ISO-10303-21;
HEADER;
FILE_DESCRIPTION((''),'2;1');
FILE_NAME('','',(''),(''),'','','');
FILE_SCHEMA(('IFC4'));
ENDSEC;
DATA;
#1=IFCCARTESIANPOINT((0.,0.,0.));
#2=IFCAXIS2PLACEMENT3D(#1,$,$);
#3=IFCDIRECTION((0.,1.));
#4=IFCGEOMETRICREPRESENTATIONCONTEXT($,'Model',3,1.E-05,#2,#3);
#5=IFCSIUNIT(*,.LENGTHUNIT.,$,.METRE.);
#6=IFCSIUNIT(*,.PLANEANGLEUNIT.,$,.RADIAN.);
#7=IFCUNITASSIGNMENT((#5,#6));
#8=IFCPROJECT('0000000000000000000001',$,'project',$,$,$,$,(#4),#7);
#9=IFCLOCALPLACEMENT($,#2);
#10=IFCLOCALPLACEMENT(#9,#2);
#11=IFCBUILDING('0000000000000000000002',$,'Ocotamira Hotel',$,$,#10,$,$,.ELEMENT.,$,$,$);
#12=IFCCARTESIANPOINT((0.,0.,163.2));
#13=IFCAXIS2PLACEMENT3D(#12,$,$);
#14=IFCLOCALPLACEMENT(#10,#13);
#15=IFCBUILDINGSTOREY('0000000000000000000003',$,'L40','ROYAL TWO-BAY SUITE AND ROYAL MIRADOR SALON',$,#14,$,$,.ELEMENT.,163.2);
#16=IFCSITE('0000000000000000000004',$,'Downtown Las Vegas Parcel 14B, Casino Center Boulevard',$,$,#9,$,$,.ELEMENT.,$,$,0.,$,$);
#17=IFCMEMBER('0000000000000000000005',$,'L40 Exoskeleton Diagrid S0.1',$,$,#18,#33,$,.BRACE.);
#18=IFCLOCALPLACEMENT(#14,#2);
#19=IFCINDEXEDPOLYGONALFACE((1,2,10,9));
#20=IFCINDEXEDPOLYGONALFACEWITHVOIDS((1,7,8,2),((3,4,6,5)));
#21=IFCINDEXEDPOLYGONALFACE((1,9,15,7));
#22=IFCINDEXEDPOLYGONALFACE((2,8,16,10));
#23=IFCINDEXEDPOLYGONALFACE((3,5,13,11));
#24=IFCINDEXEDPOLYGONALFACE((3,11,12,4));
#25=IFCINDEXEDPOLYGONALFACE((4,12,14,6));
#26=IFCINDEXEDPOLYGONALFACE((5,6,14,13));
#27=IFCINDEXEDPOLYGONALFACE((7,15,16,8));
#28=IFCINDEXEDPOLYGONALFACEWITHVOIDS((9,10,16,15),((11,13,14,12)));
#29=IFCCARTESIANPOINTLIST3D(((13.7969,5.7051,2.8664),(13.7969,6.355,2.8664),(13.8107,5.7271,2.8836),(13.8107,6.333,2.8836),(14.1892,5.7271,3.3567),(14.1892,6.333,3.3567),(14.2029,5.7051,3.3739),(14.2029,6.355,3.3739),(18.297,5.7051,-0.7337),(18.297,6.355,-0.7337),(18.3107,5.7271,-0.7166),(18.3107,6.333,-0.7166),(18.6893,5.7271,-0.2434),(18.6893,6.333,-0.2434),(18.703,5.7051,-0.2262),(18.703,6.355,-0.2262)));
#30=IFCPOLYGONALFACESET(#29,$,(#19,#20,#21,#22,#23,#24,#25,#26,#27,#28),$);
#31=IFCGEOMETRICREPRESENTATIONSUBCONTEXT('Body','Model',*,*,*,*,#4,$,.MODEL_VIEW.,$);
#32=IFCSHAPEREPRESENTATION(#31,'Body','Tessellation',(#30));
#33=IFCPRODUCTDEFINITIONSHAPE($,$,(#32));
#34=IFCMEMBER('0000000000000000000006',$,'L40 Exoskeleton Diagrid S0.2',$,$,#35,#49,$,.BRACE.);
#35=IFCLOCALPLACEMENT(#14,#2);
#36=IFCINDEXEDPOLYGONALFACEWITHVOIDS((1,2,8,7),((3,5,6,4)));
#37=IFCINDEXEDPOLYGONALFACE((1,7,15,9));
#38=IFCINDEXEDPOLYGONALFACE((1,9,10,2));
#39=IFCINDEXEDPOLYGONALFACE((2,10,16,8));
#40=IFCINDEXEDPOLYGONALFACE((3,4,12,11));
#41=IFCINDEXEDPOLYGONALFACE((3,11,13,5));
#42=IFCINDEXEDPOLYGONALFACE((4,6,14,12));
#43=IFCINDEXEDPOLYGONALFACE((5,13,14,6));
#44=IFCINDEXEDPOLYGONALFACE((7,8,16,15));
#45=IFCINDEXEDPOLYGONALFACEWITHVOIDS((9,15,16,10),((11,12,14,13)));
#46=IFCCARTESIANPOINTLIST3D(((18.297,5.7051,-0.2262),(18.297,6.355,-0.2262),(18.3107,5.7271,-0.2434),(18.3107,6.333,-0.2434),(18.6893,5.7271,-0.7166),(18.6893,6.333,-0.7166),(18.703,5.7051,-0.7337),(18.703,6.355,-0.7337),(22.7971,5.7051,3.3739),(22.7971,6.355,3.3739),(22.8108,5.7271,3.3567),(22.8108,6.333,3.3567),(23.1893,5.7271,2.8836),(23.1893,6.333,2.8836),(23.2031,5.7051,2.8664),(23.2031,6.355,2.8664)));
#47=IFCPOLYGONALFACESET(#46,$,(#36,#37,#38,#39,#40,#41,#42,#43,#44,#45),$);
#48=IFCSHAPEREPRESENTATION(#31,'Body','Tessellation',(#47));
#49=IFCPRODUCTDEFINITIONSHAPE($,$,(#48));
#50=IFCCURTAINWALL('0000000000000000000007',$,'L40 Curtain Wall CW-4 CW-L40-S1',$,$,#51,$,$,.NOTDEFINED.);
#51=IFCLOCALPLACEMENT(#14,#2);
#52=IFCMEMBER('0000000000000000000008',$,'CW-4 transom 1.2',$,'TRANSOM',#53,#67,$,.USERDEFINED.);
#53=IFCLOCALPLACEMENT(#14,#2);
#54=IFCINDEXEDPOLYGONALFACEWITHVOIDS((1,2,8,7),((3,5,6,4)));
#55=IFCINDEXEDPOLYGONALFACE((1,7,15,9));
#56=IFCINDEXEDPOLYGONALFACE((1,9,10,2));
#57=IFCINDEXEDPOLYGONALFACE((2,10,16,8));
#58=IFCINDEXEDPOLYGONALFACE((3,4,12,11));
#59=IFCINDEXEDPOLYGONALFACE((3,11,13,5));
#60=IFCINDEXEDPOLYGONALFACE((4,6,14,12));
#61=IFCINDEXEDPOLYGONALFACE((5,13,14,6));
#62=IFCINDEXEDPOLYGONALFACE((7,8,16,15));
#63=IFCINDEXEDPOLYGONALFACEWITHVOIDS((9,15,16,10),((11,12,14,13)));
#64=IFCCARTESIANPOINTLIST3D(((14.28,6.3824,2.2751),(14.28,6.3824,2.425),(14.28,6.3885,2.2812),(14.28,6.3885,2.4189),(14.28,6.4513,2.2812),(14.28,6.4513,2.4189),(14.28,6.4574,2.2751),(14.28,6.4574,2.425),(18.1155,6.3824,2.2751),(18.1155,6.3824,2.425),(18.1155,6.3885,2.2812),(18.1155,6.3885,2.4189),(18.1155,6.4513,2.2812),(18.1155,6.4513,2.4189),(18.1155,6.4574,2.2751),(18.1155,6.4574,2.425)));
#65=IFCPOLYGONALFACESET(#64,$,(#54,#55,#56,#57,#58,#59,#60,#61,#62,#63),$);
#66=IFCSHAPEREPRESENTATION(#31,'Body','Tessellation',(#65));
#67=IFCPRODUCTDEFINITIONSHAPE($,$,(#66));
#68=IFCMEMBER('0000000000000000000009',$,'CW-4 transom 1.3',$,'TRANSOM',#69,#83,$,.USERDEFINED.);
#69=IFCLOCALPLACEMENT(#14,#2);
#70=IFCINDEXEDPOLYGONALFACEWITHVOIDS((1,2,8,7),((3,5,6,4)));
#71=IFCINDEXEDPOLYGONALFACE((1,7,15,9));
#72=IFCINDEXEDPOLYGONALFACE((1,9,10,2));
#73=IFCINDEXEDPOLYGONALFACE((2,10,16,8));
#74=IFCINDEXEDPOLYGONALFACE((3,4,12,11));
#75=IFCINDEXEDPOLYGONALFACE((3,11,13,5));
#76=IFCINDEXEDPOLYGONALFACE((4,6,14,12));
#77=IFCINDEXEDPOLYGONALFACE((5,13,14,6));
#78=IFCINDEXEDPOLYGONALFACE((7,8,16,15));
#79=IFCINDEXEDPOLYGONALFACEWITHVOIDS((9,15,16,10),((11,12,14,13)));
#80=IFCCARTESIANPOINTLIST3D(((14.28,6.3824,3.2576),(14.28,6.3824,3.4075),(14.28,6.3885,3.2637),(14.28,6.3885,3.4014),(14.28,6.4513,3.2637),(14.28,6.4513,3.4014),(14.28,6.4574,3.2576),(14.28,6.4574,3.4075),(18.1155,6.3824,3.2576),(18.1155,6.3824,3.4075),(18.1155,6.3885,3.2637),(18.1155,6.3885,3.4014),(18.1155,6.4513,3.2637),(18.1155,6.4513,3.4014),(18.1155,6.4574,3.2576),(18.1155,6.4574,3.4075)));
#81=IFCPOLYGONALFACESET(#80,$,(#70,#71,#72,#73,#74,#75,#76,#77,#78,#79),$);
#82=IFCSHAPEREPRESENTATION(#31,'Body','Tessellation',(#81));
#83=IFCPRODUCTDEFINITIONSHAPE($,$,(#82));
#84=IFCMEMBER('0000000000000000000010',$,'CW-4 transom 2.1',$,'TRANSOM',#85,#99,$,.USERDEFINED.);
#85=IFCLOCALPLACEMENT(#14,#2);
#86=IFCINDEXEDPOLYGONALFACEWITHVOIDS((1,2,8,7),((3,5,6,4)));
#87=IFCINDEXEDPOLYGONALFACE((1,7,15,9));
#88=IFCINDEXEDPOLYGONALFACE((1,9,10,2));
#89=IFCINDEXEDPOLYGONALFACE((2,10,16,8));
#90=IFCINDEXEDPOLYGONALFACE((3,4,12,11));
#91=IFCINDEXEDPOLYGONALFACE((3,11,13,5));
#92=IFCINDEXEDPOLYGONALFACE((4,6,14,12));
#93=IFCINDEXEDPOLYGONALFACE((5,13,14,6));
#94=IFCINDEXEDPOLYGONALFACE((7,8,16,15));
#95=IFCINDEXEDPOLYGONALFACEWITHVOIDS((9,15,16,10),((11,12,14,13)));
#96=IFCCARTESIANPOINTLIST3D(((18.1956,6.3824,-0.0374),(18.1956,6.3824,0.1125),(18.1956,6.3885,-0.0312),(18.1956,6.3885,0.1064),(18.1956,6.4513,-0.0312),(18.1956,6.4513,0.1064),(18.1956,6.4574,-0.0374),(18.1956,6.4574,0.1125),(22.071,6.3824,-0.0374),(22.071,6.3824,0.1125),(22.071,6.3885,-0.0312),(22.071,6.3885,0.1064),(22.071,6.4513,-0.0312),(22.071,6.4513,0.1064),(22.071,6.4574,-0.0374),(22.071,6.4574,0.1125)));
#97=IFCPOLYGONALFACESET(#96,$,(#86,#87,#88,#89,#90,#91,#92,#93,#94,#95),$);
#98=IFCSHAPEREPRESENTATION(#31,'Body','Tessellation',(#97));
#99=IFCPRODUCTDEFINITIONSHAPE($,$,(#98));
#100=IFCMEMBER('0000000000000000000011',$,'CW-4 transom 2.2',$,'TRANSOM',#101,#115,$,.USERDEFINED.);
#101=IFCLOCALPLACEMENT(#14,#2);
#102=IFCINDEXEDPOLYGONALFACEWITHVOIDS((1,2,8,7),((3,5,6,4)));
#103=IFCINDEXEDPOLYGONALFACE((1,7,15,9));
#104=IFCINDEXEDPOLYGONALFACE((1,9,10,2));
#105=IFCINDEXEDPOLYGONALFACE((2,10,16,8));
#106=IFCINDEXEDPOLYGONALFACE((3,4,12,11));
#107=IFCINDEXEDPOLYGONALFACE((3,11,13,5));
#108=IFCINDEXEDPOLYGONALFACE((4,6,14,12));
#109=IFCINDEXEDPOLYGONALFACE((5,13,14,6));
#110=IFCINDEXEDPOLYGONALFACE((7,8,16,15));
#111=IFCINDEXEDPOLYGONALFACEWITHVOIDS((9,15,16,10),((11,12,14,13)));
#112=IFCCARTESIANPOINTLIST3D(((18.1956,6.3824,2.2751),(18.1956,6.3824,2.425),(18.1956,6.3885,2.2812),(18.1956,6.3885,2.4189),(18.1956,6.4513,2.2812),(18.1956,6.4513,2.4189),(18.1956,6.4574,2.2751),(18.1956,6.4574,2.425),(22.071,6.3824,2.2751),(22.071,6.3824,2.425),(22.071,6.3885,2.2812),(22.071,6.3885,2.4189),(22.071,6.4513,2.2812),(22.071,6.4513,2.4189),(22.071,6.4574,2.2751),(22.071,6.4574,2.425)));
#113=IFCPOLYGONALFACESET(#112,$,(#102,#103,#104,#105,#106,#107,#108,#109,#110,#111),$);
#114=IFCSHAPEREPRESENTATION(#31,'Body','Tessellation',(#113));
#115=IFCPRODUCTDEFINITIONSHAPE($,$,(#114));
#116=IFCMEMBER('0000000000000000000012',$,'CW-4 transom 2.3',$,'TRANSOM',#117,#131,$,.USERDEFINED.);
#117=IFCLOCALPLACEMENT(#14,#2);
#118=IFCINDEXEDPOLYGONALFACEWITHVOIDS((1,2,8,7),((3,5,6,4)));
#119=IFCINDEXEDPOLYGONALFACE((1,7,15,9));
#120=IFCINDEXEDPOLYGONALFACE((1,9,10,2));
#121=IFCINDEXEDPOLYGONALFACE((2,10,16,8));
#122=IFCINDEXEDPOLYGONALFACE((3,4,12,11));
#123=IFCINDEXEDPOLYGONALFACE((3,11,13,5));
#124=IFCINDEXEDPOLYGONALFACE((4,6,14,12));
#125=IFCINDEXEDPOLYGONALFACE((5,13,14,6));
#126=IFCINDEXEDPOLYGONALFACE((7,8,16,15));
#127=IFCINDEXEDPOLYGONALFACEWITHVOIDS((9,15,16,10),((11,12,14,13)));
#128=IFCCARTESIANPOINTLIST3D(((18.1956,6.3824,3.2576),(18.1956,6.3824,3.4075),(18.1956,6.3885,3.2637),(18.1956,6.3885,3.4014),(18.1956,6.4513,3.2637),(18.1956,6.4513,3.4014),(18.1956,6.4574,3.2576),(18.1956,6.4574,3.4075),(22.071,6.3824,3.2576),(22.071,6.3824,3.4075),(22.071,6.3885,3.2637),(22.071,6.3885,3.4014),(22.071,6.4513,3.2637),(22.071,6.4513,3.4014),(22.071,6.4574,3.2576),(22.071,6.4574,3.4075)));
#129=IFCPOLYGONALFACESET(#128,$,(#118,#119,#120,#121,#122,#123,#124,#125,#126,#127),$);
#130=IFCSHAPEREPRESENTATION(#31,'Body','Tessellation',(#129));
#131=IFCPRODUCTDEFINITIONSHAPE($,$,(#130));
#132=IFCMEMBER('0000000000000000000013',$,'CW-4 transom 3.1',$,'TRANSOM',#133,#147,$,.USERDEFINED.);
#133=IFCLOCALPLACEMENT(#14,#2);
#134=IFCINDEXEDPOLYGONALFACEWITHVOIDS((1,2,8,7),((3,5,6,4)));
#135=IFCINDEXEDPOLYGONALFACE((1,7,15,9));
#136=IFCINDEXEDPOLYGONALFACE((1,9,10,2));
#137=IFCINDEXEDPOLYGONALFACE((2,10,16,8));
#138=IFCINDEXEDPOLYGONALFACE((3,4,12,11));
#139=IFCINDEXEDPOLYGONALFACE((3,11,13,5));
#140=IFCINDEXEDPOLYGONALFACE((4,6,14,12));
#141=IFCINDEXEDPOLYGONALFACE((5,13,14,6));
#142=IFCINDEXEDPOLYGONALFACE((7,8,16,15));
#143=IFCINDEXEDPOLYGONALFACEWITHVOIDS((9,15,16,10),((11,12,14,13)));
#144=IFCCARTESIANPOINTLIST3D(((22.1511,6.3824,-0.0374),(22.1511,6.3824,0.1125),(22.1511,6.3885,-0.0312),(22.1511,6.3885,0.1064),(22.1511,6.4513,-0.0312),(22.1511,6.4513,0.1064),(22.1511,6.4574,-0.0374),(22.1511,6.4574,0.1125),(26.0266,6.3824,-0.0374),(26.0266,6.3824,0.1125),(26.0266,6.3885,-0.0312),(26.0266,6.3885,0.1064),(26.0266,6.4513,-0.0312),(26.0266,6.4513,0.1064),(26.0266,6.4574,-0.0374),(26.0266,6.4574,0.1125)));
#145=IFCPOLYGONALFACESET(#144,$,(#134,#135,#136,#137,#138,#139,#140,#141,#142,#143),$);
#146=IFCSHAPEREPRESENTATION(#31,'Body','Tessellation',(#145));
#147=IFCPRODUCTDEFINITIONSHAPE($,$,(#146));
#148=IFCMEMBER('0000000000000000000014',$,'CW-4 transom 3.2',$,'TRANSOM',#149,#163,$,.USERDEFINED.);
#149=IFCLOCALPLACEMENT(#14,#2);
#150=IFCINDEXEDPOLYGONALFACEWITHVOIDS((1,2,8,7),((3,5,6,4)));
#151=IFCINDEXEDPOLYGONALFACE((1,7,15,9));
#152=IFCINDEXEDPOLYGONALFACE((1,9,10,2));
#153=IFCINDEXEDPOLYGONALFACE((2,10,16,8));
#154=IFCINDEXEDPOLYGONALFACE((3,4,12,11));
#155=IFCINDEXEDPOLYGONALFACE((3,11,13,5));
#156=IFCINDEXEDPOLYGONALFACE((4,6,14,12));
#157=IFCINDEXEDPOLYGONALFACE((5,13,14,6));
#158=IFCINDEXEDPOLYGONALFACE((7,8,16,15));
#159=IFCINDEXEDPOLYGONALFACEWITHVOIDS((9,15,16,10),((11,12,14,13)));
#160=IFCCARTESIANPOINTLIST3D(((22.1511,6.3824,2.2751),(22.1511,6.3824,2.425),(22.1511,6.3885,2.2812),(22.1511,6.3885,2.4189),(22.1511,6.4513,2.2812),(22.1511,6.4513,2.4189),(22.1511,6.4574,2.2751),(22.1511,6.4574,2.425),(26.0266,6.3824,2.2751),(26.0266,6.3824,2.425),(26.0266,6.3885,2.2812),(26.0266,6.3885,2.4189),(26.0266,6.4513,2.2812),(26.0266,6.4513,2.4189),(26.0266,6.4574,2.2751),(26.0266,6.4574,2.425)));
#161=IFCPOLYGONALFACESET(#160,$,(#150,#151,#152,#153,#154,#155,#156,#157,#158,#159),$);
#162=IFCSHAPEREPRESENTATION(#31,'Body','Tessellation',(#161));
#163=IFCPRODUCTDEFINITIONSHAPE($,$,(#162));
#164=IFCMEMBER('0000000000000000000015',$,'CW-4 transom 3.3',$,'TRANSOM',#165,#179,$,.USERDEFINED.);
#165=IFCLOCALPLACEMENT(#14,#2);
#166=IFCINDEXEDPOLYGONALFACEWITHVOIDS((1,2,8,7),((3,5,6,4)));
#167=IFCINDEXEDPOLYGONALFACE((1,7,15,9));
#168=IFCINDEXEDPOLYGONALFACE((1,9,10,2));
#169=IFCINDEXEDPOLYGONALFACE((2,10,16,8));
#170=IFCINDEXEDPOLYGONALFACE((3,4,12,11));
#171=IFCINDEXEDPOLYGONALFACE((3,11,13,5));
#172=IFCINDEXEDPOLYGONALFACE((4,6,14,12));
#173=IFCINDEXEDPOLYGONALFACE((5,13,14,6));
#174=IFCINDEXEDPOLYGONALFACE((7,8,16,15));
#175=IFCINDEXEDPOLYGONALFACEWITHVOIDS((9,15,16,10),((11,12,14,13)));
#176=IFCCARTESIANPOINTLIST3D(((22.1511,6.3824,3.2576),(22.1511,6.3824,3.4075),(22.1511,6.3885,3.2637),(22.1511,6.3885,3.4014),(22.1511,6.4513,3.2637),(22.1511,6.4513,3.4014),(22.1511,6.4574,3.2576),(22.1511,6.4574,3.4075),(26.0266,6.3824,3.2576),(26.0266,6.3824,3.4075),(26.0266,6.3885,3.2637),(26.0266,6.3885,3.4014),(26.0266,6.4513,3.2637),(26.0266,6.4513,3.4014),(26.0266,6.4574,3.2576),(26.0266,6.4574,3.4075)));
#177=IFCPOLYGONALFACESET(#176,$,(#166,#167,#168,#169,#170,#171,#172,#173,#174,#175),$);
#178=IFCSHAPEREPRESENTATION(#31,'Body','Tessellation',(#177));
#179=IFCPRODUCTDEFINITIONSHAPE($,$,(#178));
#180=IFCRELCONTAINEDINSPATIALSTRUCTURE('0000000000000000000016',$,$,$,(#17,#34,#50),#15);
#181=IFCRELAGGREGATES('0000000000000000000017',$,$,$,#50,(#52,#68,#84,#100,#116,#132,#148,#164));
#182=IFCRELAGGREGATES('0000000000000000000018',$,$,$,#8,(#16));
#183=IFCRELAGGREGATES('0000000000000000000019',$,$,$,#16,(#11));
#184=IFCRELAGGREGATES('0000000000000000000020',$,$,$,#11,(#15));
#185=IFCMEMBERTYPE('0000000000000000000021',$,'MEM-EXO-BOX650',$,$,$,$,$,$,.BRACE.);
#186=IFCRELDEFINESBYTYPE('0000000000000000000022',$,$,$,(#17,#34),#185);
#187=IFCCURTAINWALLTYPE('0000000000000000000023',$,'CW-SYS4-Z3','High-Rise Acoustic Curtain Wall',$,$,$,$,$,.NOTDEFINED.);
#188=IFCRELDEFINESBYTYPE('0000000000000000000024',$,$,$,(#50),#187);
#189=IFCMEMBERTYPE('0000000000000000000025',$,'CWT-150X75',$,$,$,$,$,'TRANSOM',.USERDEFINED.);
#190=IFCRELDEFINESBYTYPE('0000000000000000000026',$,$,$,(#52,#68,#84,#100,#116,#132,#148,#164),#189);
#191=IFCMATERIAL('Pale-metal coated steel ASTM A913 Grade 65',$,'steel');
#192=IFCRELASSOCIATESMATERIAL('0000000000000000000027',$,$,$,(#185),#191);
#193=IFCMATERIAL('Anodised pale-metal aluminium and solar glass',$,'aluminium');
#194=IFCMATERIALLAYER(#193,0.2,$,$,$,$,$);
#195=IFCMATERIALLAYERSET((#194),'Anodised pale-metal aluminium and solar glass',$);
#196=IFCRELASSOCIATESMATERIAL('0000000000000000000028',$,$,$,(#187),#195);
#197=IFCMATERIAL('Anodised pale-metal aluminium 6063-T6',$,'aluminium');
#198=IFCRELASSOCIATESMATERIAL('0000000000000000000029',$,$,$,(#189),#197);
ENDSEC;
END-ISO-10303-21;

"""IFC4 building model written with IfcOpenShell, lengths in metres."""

from ifc_helpers import new_model, si_unit, direction, frame, origin, origin_2d, place, context, subcontext, project, spatial, hollow_rectangle, extrude, source, transform, mapped, material, layer, layer_set, material_profile, profile_set, type_object, element, aggregate, save


model = new_model("IFC4")

# Units and contexts
model_context = context("Model", 3, precision=1e-05, world=origin(), true_north=direction((0.0, 1.0)))
body_context = subcontext(model_context, "Body", "Model", "MODEL_VIEW")
ifc_project = project(units=[si_unit("LENGTHUNIT", "METRE"), si_unit("PLANEANGLEUNIT", "RADIAN")], contexts=[model_context])

# Site, building, storey
site_placement = place(None, origin())
site = spatial("IfcSite", under=ifc_project, at=site_placement, Name="Downtown Las Vegas Parcel 14B, Casino Center Boulevard", CompositionType="ELEMENT", RefElevation=0.0)
building_placement = place(site_placement, origin())
building = spatial("IfcBuilding", under=site, at=building_placement, Name="Ocotamira Hotel", CompositionType="ELEMENT")
storey_placement = place(building_placement, frame((0.0, 0.0, 163.2)))
storey = spatial("IfcBuildingStorey", under=building, at=storey_placement, Name="L40", Description="ROYAL TWO-BAY SUITE AND ROYAL MIRADOR SALON", CompositionType="ELEMENT", Elevation=163.2)

# Members
ifc_material_1 = material(Name="Pale-metal coated steel ASTM A913 Grade 65", Category="steel")
ifc_material_profile_1 = material_profile(ifc_material_1, hollow_rectangle(XDim=0.6499, YDim=0.6499, WallThickness=0.022, at=origin_2d()), Name="BOX650X650X22")
ifc_profile_set_1 = profile_set([ifc_material_profile_1], Name="Pale-metal coated steel ASTM A913 Grade 65")
member_type_1 = type_object("IfcMemberType", Name="MEM-EXO-BOX650", PredefinedType="BRACE", material=ifc_profile_set_1)
shared_shape_1 = source(origin(), body_context, "Body", "SweptSolid", [
    extrude(hollow_rectangle(XDim=0.6499, YDim=0.6499, WallThickness=0.022, at=origin_2d()), origin(), (0.0, 0.0, 1.0), 5.7629),
])
for number, where, z_axis, x_axis, name in (
    (1, (18.5, 6.03, -0.48), (-0.780861, 0.0, 0.624705), (0.0, -1.0, 0.0), "L40 Exoskeleton Diagrid S0.1"),
    (2, (18.5, 6.03, -0.48), (0.780861, 0.0, 0.624705), (0.0, 1.0, 0.0), "L40 Exoskeleton Diagrid S0.2"),
):
    element("IfcMember", number, at=place(storey_placement, frame(where, z_axis=z_axis, x_axis=x_axis)), inside=storey, type_object=member_type_1, Name=name, PredefinedType="BRACE", context=body_context, shape_type="MappedRepresentation", body=[
        mapped(shared_shape_1, transform((0.0, 0.0, 0.0), scale=1.0)),
    ])

# Curtain wall, members
ifc_material_2 = material(Name="Anodised pale-metal aluminium and solar glass", Category="aluminium")
ifc_layer_1 = layer(ifc_material_2, 0.2)
ifc_layer_set_1 = layer_set([ifc_layer_1], Name="Anodised pale-metal aluminium and solar glass")
curtain_wall_type = type_object("IfcCurtainWallType", Name="CW-SYS4-Z3", Description="High-Rise Acoustic Curtain Wall", PredefinedType="NOTDEFINED", material=ifc_layer_set_1)
curtain_wall_placement = place(storey_placement, origin())
curtain_wall = element("IfcCurtainWall", 3, at=curtain_wall_placement, inside=storey, type_object=curtain_wall_type, Name="L40 Curtain Wall CW-4 CW-L40-S1", PredefinedType="NOTDEFINED")
ifc_material_3 = material(Name="Anodised pale-metal aluminium 6063-T6", Category="aluminium")
ifc_material_profile_2 = material_profile(ifc_material_3, hollow_rectangle(XDim=0.075, YDim=0.1499, WallThickness=0.0061, at=origin_2d()), Name="HSS150X75X6")
ifc_profile_set_2 = profile_set([ifc_material_profile_2], Name="Anodised pale-metal aluminium 6063-T6")
member_type_2 = type_object("IfcMemberType", Name="CWT-150X75", ElementType="TRANSOM", PredefinedType="USERDEFINED", material=ifc_profile_set_2)
shared_shape_2 = source(origin(), body_context, "Body", "SweptSolid", [
    extrude(hollow_rectangle(XDim=0.075, YDim=0.1499, WallThickness=0.0061, at=origin_2d()), origin(), (0.0, 0.0, 1.0), 3.8354),
])
member_1_placement = place(storey_placement, frame((14.28, 6.4199, 2.3501), z_axis=(1.0, 0.0, 0.0), x_axis=(0.0, 1.0, 0.0)))
member_1 = element("IfcMember", 4, at=member_1_placement, type_object=member_type_2, Name="CW-4 transom 1.2", ObjectType="TRANSOM", PredefinedType="USERDEFINED", context=body_context, shape_type="MappedRepresentation", body=[
    mapped(shared_shape_2, transform((0.0, 0.0, 0.0), scale=1.0)),
])
member_2_placement = place(storey_placement, frame((14.28, 6.4199, 3.3325), z_axis=(1.0, 0.0, 0.0), x_axis=(0.0, 1.0, 0.0)))
member_2 = element("IfcMember", 5, at=member_2_placement, type_object=member_type_2, Name="CW-4 transom 1.3", ObjectType="TRANSOM", PredefinedType="USERDEFINED", context=body_context, shape_type="MappedRepresentation", body=[
    mapped(shared_shape_2, transform((0.0, 0.0, 0.0), scale=1.0)),
])
shared_shape_3 = source(origin(), body_context, "Body", "SweptSolid", [
    extrude(hollow_rectangle(XDim=0.075, YDim=0.1499, WallThickness=0.0061, at=origin_2d()), origin(), (0.0, 0.0, 1.0), 3.8755),
])
member_3_placement = place(storey_placement, frame((18.1956, 6.4199, 0.0376), z_axis=(1.0, 0.0, 0.0), x_axis=(0.0, 1.0, 0.0)))
member_3 = element("IfcMember", 6, at=member_3_placement, type_object=member_type_2, Name="CW-4 transom 2.1", ObjectType="TRANSOM", PredefinedType="USERDEFINED", context=body_context, shape_type="MappedRepresentation", body=[
    mapped(shared_shape_3, transform((0.0, 0.0, 0.0), scale=1.0)),
])
member_4_placement = place(storey_placement, frame((18.1956, 6.4199, 2.3501), z_axis=(1.0, 0.0, 0.0), x_axis=(0.0, 1.0, 0.0)))
member_4 = element("IfcMember", 7, at=member_4_placement, type_object=member_type_2, Name="CW-4 transom 2.2", ObjectType="TRANSOM", PredefinedType="USERDEFINED", context=body_context, shape_type="MappedRepresentation", body=[
    mapped(shared_shape_3, transform((0.0, 0.0, 0.0), scale=1.0)),
])
member_5_placement = place(storey_placement, frame((18.1956, 6.4199, 3.3325), z_axis=(1.0, 0.0, 0.0), x_axis=(0.0, 1.0, 0.0)))
member_5 = element("IfcMember", 8, at=member_5_placement, type_object=member_type_2, Name="CW-4 transom 2.3", ObjectType="TRANSOM", PredefinedType="USERDEFINED", context=body_context, shape_type="MappedRepresentation", body=[
    mapped(shared_shape_3, transform((0.0, 0.0, 0.0), scale=1.0)),
])
member_6_placement = place(storey_placement, frame((22.1511, 6.4199, 0.0376), z_axis=(1.0, 0.0, 0.0), x_axis=(0.0, 1.0, 0.0)))
member_6 = element("IfcMember", 9, at=member_6_placement, type_object=member_type_2, Name="CW-4 transom 3.1", ObjectType="TRANSOM", PredefinedType="USERDEFINED", context=body_context, shape_type="MappedRepresentation", body=[
    mapped(shared_shape_3, transform((0.0, 0.0, 0.0), scale=1.0)),
])
member_7_placement = place(storey_placement, frame((22.1511, 6.4199, 2.3501), z_axis=(1.0, 0.0, 0.0), x_axis=(0.0, 1.0, 0.0)))
member_7 = element("IfcMember", 10, at=member_7_placement, type_object=member_type_2, Name="CW-4 transom 3.2", ObjectType="TRANSOM", PredefinedType="USERDEFINED", context=body_context, shape_type="MappedRepresentation", body=[
    mapped(shared_shape_3, transform((0.0, 0.0, 0.0), scale=1.0)),
])
member_8_placement = place(storey_placement, frame((22.1511, 6.4199, 3.3325), z_axis=(1.0, 0.0, 0.0), x_axis=(0.0, 1.0, 0.0)))
member_8 = element("IfcMember", 11, at=member_8_placement, type_object=member_type_2, Name="CW-4 transom 3.3", ObjectType="TRANSOM", PredefinedType="USERDEFINED", context=body_context, shape_type="MappedRepresentation", body=[
    mapped(shared_shape_3, transform((0.0, 0.0, 0.0), scale=1.0)),
])

aggregate(curtain_wall, [member_1, member_2, member_3, member_4, member_5, member_6, member_7, member_8])

save(model, "model.ifc")
